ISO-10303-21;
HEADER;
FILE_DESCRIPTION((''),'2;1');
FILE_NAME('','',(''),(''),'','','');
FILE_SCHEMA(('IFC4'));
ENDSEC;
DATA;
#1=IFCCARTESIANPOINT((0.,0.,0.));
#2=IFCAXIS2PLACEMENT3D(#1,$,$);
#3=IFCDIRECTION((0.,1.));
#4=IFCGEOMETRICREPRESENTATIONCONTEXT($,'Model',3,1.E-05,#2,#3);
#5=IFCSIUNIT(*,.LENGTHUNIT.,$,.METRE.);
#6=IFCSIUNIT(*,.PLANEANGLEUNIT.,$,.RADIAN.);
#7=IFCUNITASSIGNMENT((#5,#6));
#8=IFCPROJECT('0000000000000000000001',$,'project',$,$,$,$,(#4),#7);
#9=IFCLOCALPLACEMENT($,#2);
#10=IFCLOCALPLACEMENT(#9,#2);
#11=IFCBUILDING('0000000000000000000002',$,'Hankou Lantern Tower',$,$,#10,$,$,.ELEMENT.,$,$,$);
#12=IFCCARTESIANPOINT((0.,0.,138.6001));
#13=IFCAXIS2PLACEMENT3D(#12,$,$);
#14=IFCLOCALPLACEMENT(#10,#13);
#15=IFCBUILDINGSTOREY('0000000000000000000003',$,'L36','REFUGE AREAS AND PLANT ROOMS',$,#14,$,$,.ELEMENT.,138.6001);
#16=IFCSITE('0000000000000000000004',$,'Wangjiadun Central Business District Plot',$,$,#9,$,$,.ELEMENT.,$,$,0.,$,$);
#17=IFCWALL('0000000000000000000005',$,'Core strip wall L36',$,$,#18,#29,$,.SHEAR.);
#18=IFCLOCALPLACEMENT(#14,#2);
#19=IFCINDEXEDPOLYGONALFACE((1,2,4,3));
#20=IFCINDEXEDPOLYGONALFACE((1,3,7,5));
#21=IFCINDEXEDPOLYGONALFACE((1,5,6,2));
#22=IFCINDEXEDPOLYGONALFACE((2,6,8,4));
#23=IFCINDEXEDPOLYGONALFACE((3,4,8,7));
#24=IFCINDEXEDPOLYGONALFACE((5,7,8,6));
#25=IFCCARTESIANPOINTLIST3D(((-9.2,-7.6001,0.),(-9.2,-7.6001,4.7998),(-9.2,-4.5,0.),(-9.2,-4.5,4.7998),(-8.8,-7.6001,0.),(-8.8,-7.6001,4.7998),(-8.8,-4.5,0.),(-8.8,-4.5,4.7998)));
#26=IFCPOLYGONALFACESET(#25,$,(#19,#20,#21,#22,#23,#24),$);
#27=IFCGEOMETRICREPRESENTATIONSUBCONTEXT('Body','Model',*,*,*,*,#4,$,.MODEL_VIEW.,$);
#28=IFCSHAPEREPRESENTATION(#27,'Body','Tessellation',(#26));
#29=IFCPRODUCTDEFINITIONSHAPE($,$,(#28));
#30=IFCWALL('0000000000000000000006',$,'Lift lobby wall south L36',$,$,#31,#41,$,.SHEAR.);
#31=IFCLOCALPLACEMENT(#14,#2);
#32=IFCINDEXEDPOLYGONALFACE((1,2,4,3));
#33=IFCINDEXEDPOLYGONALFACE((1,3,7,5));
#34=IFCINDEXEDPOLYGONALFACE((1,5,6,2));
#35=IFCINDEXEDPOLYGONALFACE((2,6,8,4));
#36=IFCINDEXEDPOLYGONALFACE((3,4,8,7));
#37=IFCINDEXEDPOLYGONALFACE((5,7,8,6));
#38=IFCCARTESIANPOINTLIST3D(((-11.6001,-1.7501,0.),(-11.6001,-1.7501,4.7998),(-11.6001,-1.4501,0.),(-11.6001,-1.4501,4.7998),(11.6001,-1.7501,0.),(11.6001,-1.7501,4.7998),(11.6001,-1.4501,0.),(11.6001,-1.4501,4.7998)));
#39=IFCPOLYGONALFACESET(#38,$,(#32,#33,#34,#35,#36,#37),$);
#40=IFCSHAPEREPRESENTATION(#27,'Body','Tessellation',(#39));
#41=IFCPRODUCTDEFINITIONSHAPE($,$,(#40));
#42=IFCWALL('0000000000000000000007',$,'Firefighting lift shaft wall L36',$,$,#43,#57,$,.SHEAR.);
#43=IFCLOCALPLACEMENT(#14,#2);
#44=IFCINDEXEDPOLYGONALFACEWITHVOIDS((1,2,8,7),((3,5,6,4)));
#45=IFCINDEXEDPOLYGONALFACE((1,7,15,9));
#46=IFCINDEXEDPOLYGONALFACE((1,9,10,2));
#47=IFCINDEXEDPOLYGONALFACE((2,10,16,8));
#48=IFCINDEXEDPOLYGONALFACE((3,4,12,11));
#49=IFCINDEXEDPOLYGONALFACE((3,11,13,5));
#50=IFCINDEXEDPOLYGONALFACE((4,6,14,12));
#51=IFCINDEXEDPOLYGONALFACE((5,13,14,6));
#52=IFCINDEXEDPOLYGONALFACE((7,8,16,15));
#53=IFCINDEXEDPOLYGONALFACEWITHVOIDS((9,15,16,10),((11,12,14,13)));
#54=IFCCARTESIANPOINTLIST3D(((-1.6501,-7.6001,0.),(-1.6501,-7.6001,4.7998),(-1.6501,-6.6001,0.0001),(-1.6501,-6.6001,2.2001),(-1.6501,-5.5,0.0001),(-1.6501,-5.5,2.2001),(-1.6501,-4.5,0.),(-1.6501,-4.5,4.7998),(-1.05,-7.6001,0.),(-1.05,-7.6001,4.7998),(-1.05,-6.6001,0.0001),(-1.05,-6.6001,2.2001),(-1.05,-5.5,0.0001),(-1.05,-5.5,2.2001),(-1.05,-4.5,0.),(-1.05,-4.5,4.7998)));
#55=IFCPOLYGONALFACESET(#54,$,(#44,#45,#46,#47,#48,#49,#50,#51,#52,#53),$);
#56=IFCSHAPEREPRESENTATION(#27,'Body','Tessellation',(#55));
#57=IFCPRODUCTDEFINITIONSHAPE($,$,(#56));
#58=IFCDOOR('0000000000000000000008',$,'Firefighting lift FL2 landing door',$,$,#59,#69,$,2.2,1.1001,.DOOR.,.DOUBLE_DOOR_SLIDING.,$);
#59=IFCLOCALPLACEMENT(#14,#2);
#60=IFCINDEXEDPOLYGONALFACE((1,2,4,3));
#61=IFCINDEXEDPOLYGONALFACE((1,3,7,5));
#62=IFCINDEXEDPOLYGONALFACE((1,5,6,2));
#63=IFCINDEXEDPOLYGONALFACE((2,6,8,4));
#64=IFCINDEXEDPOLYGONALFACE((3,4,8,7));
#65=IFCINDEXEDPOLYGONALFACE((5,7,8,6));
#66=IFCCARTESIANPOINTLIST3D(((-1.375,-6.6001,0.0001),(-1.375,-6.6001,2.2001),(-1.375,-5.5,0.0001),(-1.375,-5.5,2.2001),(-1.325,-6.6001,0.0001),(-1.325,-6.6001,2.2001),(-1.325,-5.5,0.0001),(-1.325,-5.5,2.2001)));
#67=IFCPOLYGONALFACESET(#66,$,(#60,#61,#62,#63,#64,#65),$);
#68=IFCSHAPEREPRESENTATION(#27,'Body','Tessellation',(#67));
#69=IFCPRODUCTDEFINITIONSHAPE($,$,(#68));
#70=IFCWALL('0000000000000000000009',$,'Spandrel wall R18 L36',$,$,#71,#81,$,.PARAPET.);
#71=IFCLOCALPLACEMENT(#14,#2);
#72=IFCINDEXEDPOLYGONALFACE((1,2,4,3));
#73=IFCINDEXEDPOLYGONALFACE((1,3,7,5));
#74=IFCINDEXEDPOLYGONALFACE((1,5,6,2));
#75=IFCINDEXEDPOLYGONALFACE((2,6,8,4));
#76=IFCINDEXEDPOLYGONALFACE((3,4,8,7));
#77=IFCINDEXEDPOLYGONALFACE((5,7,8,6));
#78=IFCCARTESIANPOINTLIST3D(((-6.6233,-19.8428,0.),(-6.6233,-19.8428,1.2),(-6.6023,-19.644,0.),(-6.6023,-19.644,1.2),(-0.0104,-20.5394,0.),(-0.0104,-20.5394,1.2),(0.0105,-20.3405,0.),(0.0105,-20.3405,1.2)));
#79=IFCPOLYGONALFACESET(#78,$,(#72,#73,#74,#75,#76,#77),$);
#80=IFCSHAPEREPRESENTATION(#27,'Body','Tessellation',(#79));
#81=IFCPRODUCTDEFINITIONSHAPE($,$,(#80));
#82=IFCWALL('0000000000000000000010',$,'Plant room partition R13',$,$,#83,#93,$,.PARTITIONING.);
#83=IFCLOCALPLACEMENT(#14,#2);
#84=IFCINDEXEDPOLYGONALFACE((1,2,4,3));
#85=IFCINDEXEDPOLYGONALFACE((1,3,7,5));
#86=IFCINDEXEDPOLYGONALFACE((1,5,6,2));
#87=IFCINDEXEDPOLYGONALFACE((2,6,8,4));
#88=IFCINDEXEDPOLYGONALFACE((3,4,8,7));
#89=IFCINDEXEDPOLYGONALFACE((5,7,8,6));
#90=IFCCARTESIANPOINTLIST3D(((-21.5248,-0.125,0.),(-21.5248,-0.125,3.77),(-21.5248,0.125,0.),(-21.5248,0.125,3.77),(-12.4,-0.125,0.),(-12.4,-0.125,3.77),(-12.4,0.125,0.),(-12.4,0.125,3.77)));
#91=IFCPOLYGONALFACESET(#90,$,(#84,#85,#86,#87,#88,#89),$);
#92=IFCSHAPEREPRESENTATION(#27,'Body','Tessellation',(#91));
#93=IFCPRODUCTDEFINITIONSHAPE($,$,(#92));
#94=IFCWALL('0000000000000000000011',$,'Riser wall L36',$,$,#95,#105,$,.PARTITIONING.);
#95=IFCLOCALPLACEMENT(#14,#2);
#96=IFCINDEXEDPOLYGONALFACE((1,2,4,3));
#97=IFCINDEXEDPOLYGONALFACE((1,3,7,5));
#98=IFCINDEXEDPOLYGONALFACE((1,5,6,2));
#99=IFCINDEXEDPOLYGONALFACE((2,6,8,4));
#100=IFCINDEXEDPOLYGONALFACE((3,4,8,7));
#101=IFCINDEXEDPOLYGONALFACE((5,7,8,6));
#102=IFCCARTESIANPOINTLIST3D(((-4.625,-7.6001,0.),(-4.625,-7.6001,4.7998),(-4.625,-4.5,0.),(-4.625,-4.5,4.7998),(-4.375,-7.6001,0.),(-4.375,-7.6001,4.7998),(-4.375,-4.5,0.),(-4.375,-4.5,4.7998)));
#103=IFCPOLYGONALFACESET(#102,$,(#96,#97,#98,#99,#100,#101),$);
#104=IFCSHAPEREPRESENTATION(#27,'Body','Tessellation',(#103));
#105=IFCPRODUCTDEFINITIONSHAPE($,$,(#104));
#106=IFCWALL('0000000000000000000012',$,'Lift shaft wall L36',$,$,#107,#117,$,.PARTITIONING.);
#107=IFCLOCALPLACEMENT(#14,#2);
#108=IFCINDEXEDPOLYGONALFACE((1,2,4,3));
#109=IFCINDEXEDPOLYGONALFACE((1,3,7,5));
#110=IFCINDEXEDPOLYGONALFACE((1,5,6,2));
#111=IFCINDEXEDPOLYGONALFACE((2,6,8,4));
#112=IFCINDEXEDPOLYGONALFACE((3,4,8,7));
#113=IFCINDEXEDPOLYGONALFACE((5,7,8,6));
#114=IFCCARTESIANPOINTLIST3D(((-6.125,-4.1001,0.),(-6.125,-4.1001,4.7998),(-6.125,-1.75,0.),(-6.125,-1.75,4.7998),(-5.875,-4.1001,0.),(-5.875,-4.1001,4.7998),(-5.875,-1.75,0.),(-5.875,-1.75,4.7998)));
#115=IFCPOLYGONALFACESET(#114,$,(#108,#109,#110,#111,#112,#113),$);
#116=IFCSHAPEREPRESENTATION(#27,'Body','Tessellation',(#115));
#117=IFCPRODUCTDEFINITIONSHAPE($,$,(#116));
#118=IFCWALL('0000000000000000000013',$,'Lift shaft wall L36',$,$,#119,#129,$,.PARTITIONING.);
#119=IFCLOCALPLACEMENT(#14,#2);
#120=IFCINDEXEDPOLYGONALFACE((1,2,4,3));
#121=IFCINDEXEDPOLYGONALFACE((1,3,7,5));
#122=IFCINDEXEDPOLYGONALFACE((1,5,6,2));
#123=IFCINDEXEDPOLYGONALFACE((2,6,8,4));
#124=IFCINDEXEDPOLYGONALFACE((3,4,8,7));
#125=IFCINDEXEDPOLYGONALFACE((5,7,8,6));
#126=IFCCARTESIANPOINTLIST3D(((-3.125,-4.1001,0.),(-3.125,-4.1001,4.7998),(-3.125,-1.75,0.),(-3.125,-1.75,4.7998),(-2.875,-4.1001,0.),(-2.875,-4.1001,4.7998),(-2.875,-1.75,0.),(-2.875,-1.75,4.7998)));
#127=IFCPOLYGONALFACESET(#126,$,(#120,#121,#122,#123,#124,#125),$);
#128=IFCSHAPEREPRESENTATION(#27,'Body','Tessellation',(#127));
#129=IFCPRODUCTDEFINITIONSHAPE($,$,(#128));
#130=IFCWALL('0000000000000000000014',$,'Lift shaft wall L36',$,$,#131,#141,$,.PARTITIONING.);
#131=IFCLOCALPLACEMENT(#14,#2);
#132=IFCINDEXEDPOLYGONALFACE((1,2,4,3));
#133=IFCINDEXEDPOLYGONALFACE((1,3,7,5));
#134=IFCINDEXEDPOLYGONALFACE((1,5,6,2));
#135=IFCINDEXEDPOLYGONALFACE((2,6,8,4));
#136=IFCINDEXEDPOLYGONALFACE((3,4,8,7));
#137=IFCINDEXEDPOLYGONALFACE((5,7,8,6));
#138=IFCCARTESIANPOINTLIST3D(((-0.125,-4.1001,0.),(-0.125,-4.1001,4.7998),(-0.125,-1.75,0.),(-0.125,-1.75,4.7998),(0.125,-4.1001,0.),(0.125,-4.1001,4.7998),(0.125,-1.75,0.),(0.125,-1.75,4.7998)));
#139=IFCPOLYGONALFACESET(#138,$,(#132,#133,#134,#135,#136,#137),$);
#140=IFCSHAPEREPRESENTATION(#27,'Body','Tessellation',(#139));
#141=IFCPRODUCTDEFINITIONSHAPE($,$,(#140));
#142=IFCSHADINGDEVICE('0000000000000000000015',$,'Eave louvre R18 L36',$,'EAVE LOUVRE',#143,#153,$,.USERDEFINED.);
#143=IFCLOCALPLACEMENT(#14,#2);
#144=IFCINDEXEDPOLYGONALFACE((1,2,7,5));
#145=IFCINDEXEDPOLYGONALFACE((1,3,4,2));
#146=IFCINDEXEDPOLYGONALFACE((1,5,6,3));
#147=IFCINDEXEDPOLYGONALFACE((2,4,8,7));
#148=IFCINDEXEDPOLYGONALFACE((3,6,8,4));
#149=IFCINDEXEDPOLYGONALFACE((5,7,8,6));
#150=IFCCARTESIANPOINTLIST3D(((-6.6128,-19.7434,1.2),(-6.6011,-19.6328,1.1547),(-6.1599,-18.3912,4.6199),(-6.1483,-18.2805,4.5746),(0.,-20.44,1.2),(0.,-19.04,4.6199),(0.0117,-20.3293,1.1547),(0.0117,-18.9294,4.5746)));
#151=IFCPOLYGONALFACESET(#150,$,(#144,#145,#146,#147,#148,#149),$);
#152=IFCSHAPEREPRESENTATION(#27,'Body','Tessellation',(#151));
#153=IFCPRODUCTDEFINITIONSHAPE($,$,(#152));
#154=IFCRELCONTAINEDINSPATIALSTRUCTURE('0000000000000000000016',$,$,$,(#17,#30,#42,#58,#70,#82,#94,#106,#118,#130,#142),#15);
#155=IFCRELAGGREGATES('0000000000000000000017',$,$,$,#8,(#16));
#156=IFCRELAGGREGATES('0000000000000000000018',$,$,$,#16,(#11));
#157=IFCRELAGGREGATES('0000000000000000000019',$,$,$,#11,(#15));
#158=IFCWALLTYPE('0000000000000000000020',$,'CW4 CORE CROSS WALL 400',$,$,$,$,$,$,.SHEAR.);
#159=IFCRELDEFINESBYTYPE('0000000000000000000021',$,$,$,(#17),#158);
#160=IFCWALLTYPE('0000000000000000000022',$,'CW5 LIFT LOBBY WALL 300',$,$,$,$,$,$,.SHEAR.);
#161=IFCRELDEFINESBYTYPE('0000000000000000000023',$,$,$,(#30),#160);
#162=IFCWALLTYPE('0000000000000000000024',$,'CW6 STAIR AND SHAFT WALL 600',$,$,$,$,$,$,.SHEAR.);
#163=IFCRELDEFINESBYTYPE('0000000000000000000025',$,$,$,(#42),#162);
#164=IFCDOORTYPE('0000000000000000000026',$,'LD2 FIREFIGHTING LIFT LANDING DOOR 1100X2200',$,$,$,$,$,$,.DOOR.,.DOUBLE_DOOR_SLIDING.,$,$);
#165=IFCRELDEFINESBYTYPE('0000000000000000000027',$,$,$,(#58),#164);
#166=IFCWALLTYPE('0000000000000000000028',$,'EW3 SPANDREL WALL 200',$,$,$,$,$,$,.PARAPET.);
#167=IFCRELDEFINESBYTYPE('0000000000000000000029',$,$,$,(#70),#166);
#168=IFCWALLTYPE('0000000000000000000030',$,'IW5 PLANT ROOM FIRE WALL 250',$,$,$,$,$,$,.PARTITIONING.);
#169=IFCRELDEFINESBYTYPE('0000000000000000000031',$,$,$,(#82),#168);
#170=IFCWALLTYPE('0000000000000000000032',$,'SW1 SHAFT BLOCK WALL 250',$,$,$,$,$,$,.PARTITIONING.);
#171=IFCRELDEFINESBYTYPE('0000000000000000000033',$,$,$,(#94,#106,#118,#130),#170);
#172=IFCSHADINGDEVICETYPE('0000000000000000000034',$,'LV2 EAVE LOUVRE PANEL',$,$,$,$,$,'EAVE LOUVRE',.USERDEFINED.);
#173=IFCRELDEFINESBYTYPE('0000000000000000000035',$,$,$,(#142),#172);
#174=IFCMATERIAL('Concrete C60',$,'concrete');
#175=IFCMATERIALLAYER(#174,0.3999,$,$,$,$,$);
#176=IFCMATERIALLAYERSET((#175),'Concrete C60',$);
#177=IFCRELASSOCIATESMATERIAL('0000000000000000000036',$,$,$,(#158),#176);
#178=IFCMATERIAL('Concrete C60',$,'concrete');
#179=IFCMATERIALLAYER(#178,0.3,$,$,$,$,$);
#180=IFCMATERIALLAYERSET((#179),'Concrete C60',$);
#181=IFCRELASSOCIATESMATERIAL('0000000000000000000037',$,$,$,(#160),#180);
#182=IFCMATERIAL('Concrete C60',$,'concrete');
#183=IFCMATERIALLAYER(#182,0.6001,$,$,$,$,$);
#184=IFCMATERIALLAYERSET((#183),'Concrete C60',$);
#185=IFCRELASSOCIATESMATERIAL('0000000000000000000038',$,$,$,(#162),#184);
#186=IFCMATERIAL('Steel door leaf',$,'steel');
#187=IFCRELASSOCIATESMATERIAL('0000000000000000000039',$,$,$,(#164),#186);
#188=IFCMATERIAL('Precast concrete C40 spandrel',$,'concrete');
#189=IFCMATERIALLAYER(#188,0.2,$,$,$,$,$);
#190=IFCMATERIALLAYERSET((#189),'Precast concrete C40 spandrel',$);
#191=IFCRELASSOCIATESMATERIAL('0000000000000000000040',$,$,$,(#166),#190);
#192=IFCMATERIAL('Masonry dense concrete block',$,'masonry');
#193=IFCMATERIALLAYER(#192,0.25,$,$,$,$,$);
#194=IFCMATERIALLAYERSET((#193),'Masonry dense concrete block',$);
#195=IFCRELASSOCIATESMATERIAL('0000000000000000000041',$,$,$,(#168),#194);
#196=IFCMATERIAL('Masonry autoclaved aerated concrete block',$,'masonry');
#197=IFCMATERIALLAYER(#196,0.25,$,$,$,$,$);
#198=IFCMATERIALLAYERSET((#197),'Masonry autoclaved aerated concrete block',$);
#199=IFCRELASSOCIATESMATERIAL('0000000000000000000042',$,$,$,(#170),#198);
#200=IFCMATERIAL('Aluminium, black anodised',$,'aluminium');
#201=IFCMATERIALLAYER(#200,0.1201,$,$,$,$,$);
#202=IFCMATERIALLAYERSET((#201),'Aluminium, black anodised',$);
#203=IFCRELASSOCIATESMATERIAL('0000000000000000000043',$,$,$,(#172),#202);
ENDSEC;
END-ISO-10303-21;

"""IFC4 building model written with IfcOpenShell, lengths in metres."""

from ifc_helpers import new_model, si_unit, direction, frame, frame_2d, origin, place, context, subcontext, project, spatial, polyline, rectangle, outline, extrude, material, layer, layer_set, type_object, element, fill, save


model = new_model("IFC4")

# Units and contexts
model_context = context("Model", 3, precision=1e-05, world=origin(), true_north=direction((0.0, 1.0)))
body_context = subcontext(model_context, "Body", "Model", "MODEL_VIEW")
ifc_project = project(units=[si_unit("LENGTHUNIT", "METRE"), si_unit("PLANEANGLEUNIT", "RADIAN")], contexts=[model_context])

# Site, building, storey
site_placement = place(None, origin())
site = spatial("IfcSite", under=ifc_project, at=site_placement, Name="Wangjiadun Central Business District Plot", CompositionType="ELEMENT", RefElevation=0.0)
building_placement = place(site_placement, origin())
building = spatial("IfcBuilding", under=site, at=building_placement, Name="Hankou Lantern Tower", CompositionType="ELEMENT")
storey_placement = place(building_placement, frame((0.0, 0.0, 138.6001)))
storey = spatial("IfcBuildingStorey", under=building, at=storey_placement, Name="L36", Description="REFUGE AREAS AND PLANT ROOMS", CompositionType="ELEMENT", Elevation=138.6001)

# Walls
ifc_material_1 = material(Name="Concrete C60", Category="concrete")
ifc_layer_1 = layer(ifc_material_1, 0.3999)
ifc_layer_set_1 = layer_set([ifc_layer_1], Name="Concrete C60")
wall_type_1 = type_object("IfcWallType", Name="CW4 CORE CROSS WALL 400", PredefinedType="SHEAR", material=ifc_layer_set_1)
wall_1_placement = place(storey_placement, frame((-9.0, -7.6001, 0.0), z_axis=(0.0, 0.0, 1.0), x_axis=(0.0, 1.0, 0.0)))
element("IfcWall", 1, at=wall_1_placement, inside=storey, type_object=wall_type_1, Name="Core strip wall L36", PredefinedType="SHEAR", context=body_context, shape_type="SweptSolid", body=[
    extrude(rectangle(XDim=3.1001, YDim=0.3999, at=frame_2d((1.55, 0.0))), origin(), (0.0, 0.0, 1.0), 4.7998),
])
ifc_material_2 = material(Name="Concrete C60", Category="concrete")
ifc_layer_2 = layer(ifc_material_2, 0.3)
ifc_layer_set_2 = layer_set([ifc_layer_2], Name="Concrete C60")
wall_type_2 = type_object("IfcWallType", Name="CW5 LIFT LOBBY WALL 300", PredefinedType="SHEAR", material=ifc_layer_set_2)
wall_2_placement = place(storey_placement, frame((-11.6001, -1.6001, 0.0), z_axis=(0.0, 0.0, 1.0), x_axis=(1.0, 0.0, 0.0)))
element("IfcWall", 2, at=wall_2_placement, inside=storey, type_object=wall_type_2, Name="Lift lobby wall south L36", PredefinedType="SHEAR", context=body_context, shape_type="SweptSolid", body=[
    extrude(rectangle(XDim=23.2002, YDim=0.3, at=frame_2d((11.6001, 0.0))), origin(), (0.0, 0.0, 1.0), 4.7998),
])

# Wall, opening, door
ifc_material_3 = material(Name="Concrete C60", Category="concrete")
ifc_layer_3 = layer(ifc_material_3, 0.6001)
ifc_layer_set_3 = layer_set([ifc_layer_3], Name="Concrete C60")
wall_type_3 = type_object("IfcWallType", Name="CW6 STAIR AND SHAFT WALL 600", PredefinedType="SHEAR", material=ifc_layer_set_3)
wall_3_placement = place(storey_placement, frame((-1.3501, -7.6001, 0.0), z_axis=(0.0, 0.0, 1.0), x_axis=(0.0, 1.0, 0.0)))
wall_3 = element("IfcWall", 3, at=wall_3_placement, inside=storey, type_object=wall_type_3, Name="Firefighting lift shaft wall L36", PredefinedType="SHEAR", context=body_context, shape_type="SweptSolid", body=[
    extrude(rectangle(XDim=3.1001, YDim=0.6001, at=frame_2d((1.55, 0.0))), origin(), (0.0, 0.0, 1.0), 4.7998),
])
opening_placement = place(wall_3_placement, frame((1.0, 0.0, 0.0)))
opening = element("IfcOpeningElement", 4, at=opening_placement, cuts=wall_3, PredefinedType="OPENING", context=body_context, shape_type="SweptSolid", body=[
    extrude(rectangle(XDim=1.1001, YDim=2.2, at=frame_2d((0.55, 1.1001))), frame((0.0, 0.3101, 0.0), z_axis=(0.0, -1.0, 0.0), x_axis=(1.0, 0.0, 0.0)), (0.0, 0.0, 1.0), 0.6201),
])
ifc_material_4 = material(Name="Steel door leaf", Category="steel")
door_type = type_object("IfcDoorType", Name="LD2 FIREFIGHTING LIFT LANDING DOOR 1100X2200", OperationType="DOUBLE_DOOR_SLIDING", PredefinedType="DOOR", material=ifc_material_4)
door_placement = place(opening_placement, origin())
door = element("IfcDoor", 5, at=door_placement, inside=storey, type_object=door_type, Name="Firefighting lift FL2 landing door", OperationType="DOUBLE_DOOR_SLIDING", OverallHeight=2.2, OverallWidth=1.1001, PredefinedType="DOOR", context=body_context, shape_type="SweptSolid", body=[
    extrude(rectangle(XDim=1.1001, YDim=2.2, at=frame_2d((0.55, 1.1001))), frame((0.0, 0.0249, 0.0), z_axis=(0.0, -1.0, 0.0), x_axis=(1.0, 0.0, 0.0)), (0.0, 0.0, 1.0), 0.05),
])
fill(opening, door)

# Walls
ifc_material_5 = material(Name="Precast concrete C40 spandrel", Category="concrete")
ifc_layer_4 = layer(ifc_material_5, 0.2)
ifc_layer_set_4 = layer_set([ifc_layer_4], Name="Precast concrete C40 spandrel")
wall_type_4 = type_object("IfcWallType", Name="EW3 SPANDREL WALL 200", PredefinedType="PARAPET", material=ifc_layer_set_4)
wall_4_placement = place(storey_placement, frame((-6.6128, -19.7434, 0.0), z_axis=(0.0, 0.0, 1.0), x_axis=(0.994498, -0.104752, 0.0)))
element("IfcWall", 6, at=wall_4_placement, inside=storey, type_object=wall_type_4, Name="Spandrel wall R18 L36", PredefinedType="PARAPET", context=body_context, shape_type="SweptSolid", body=[
    extrude(rectangle(XDim=6.6494, YDim=0.2, at=frame_2d((3.3247, 0.0))), origin(), (0.0, 0.0, 1.0), 1.2),
])
ifc_material_6 = material(Name="Masonry dense concrete block", Category="masonry")
ifc_layer_5 = layer(ifc_material_6, 0.25)
ifc_layer_set_5 = layer_set([ifc_layer_5], Name="Masonry dense concrete block")
wall_type_5 = type_object("IfcWallType", Name="IW5 PLANT ROOM FIRE WALL 250", PredefinedType="PARTITIONING", material=ifc_layer_set_5)
wall_5_placement = place(storey_placement, frame((-12.3999, 0.0, 0.0), z_axis=(0.0, 0.0, 1.0), x_axis=(-1.0, 0.0, 0.0)))
element("IfcWall", 7, at=wall_5_placement, inside=storey, type_object=wall_type_5, Name="Plant room partition R13", PredefinedType="PARTITIONING", context=body_context, shape_type="SweptSolid", body=[
    extrude(rectangle(XDim=9.1248, YDim=0.25, at=frame_2d((4.5625, 0.0))), origin(), (0.0, 0.0, 1.0), 3.77),
])
ifc_material_7 = material(Name="Masonry autoclaved aerated concrete block", Category="masonry")
ifc_layer_6 = layer(ifc_material_7, 0.25)
ifc_layer_set_6 = layer_set([ifc_layer_6], Name="Masonry autoclaved aerated concrete block")
wall_type_6 = type_object("IfcWallType", Name="SW1 SHAFT BLOCK WALL 250", PredefinedType="PARTITIONING", material=ifc_layer_set_6)
wall_6_placement = place(storey_placement, frame((-4.5, -7.6001, 0.0), z_axis=(0.0, 0.0, 1.0), x_axis=(0.0, 1.0, 0.0)))
element("IfcWall", 8, at=wall_6_placement, inside=storey, type_object=wall_type_6, Name="Riser wall L36", PredefinedType="PARTITIONING", context=body_context, shape_type="SweptSolid", body=[
    extrude(rectangle(XDim=3.1001, YDim=0.25, at=frame_2d((1.55, 0.0))), origin(), (0.0, 0.0, 1.0), 4.7998),
])
for number, where, z_axis, x_axis, name in (
    (9, (-6.0, -4.1001, 0.0), (0.0, 0.0, 1.0), (0.0, 1.0, 0.0), "Lift shaft wall L36"),
    (10, (-3.0, -4.1001, 0.0), (0.0, 0.0, 1.0), (0.0, 1.0, 0.0), "Lift shaft wall L36"),
    (11, (0.0, -4.1001, 0.0), (0.0, 0.0, 1.0), (0.0, 1.0, 0.0), "Lift shaft wall L36"),
):
    element("IfcWall", number, at=place(storey_placement, frame(where, z_axis=z_axis, x_axis=x_axis)), inside=storey, type_object=wall_type_6, Name=name, PredefinedType="PARTITIONING", context=body_context, shape_type="SweptSolid", body=[
        extrude(rectangle(XDim=2.3501, YDim=0.25, at=frame_2d((1.175, 0.0))), origin(), (0.0, 0.0, 1.0), 4.7998),
    ])

# Shading device
ifc_material_8 = material(Name="Aluminium, black anodised", Category="aluminium")
ifc_layer_7 = layer(ifc_material_8, 0.1201)
ifc_layer_set_7 = layer_set([ifc_layer_7], Name="Aluminium, black anodised")
shading_device_type = type_object("IfcShadingDeviceType", Name="LV2 EAVE LOUVRE PANEL", ElementType="EAVE LOUVRE", PredefinedType="USERDEFINED", material=ifc_layer_set_7)
shading_device_placement = place(storey_placement, frame((-6.6128, -19.7434, 1.2), z_axis=(-0.097027, -0.921096, 0.377052), x_axis=(0.994498, -0.104758, 0.000003)))
element("IfcShadingDevice", 12, at=shading_device_placement, inside=storey, type_object=shading_device_type, Name="Eave louvre R18 L36", ObjectType="EAVE LOUVRE", PredefinedType="USERDEFINED", context=body_context, shape_type="SweptSolid", body=[
    extrude(outline(polyline([(0.0, 0.0), (6.6494, 0.0), (6.5027, 3.6924), (0.3087, 3.6925), (0.0, 0.0)])), origin(), (0.0, 0.0, -1.0), 0.1201),
])

save(model, "model.ifc")
